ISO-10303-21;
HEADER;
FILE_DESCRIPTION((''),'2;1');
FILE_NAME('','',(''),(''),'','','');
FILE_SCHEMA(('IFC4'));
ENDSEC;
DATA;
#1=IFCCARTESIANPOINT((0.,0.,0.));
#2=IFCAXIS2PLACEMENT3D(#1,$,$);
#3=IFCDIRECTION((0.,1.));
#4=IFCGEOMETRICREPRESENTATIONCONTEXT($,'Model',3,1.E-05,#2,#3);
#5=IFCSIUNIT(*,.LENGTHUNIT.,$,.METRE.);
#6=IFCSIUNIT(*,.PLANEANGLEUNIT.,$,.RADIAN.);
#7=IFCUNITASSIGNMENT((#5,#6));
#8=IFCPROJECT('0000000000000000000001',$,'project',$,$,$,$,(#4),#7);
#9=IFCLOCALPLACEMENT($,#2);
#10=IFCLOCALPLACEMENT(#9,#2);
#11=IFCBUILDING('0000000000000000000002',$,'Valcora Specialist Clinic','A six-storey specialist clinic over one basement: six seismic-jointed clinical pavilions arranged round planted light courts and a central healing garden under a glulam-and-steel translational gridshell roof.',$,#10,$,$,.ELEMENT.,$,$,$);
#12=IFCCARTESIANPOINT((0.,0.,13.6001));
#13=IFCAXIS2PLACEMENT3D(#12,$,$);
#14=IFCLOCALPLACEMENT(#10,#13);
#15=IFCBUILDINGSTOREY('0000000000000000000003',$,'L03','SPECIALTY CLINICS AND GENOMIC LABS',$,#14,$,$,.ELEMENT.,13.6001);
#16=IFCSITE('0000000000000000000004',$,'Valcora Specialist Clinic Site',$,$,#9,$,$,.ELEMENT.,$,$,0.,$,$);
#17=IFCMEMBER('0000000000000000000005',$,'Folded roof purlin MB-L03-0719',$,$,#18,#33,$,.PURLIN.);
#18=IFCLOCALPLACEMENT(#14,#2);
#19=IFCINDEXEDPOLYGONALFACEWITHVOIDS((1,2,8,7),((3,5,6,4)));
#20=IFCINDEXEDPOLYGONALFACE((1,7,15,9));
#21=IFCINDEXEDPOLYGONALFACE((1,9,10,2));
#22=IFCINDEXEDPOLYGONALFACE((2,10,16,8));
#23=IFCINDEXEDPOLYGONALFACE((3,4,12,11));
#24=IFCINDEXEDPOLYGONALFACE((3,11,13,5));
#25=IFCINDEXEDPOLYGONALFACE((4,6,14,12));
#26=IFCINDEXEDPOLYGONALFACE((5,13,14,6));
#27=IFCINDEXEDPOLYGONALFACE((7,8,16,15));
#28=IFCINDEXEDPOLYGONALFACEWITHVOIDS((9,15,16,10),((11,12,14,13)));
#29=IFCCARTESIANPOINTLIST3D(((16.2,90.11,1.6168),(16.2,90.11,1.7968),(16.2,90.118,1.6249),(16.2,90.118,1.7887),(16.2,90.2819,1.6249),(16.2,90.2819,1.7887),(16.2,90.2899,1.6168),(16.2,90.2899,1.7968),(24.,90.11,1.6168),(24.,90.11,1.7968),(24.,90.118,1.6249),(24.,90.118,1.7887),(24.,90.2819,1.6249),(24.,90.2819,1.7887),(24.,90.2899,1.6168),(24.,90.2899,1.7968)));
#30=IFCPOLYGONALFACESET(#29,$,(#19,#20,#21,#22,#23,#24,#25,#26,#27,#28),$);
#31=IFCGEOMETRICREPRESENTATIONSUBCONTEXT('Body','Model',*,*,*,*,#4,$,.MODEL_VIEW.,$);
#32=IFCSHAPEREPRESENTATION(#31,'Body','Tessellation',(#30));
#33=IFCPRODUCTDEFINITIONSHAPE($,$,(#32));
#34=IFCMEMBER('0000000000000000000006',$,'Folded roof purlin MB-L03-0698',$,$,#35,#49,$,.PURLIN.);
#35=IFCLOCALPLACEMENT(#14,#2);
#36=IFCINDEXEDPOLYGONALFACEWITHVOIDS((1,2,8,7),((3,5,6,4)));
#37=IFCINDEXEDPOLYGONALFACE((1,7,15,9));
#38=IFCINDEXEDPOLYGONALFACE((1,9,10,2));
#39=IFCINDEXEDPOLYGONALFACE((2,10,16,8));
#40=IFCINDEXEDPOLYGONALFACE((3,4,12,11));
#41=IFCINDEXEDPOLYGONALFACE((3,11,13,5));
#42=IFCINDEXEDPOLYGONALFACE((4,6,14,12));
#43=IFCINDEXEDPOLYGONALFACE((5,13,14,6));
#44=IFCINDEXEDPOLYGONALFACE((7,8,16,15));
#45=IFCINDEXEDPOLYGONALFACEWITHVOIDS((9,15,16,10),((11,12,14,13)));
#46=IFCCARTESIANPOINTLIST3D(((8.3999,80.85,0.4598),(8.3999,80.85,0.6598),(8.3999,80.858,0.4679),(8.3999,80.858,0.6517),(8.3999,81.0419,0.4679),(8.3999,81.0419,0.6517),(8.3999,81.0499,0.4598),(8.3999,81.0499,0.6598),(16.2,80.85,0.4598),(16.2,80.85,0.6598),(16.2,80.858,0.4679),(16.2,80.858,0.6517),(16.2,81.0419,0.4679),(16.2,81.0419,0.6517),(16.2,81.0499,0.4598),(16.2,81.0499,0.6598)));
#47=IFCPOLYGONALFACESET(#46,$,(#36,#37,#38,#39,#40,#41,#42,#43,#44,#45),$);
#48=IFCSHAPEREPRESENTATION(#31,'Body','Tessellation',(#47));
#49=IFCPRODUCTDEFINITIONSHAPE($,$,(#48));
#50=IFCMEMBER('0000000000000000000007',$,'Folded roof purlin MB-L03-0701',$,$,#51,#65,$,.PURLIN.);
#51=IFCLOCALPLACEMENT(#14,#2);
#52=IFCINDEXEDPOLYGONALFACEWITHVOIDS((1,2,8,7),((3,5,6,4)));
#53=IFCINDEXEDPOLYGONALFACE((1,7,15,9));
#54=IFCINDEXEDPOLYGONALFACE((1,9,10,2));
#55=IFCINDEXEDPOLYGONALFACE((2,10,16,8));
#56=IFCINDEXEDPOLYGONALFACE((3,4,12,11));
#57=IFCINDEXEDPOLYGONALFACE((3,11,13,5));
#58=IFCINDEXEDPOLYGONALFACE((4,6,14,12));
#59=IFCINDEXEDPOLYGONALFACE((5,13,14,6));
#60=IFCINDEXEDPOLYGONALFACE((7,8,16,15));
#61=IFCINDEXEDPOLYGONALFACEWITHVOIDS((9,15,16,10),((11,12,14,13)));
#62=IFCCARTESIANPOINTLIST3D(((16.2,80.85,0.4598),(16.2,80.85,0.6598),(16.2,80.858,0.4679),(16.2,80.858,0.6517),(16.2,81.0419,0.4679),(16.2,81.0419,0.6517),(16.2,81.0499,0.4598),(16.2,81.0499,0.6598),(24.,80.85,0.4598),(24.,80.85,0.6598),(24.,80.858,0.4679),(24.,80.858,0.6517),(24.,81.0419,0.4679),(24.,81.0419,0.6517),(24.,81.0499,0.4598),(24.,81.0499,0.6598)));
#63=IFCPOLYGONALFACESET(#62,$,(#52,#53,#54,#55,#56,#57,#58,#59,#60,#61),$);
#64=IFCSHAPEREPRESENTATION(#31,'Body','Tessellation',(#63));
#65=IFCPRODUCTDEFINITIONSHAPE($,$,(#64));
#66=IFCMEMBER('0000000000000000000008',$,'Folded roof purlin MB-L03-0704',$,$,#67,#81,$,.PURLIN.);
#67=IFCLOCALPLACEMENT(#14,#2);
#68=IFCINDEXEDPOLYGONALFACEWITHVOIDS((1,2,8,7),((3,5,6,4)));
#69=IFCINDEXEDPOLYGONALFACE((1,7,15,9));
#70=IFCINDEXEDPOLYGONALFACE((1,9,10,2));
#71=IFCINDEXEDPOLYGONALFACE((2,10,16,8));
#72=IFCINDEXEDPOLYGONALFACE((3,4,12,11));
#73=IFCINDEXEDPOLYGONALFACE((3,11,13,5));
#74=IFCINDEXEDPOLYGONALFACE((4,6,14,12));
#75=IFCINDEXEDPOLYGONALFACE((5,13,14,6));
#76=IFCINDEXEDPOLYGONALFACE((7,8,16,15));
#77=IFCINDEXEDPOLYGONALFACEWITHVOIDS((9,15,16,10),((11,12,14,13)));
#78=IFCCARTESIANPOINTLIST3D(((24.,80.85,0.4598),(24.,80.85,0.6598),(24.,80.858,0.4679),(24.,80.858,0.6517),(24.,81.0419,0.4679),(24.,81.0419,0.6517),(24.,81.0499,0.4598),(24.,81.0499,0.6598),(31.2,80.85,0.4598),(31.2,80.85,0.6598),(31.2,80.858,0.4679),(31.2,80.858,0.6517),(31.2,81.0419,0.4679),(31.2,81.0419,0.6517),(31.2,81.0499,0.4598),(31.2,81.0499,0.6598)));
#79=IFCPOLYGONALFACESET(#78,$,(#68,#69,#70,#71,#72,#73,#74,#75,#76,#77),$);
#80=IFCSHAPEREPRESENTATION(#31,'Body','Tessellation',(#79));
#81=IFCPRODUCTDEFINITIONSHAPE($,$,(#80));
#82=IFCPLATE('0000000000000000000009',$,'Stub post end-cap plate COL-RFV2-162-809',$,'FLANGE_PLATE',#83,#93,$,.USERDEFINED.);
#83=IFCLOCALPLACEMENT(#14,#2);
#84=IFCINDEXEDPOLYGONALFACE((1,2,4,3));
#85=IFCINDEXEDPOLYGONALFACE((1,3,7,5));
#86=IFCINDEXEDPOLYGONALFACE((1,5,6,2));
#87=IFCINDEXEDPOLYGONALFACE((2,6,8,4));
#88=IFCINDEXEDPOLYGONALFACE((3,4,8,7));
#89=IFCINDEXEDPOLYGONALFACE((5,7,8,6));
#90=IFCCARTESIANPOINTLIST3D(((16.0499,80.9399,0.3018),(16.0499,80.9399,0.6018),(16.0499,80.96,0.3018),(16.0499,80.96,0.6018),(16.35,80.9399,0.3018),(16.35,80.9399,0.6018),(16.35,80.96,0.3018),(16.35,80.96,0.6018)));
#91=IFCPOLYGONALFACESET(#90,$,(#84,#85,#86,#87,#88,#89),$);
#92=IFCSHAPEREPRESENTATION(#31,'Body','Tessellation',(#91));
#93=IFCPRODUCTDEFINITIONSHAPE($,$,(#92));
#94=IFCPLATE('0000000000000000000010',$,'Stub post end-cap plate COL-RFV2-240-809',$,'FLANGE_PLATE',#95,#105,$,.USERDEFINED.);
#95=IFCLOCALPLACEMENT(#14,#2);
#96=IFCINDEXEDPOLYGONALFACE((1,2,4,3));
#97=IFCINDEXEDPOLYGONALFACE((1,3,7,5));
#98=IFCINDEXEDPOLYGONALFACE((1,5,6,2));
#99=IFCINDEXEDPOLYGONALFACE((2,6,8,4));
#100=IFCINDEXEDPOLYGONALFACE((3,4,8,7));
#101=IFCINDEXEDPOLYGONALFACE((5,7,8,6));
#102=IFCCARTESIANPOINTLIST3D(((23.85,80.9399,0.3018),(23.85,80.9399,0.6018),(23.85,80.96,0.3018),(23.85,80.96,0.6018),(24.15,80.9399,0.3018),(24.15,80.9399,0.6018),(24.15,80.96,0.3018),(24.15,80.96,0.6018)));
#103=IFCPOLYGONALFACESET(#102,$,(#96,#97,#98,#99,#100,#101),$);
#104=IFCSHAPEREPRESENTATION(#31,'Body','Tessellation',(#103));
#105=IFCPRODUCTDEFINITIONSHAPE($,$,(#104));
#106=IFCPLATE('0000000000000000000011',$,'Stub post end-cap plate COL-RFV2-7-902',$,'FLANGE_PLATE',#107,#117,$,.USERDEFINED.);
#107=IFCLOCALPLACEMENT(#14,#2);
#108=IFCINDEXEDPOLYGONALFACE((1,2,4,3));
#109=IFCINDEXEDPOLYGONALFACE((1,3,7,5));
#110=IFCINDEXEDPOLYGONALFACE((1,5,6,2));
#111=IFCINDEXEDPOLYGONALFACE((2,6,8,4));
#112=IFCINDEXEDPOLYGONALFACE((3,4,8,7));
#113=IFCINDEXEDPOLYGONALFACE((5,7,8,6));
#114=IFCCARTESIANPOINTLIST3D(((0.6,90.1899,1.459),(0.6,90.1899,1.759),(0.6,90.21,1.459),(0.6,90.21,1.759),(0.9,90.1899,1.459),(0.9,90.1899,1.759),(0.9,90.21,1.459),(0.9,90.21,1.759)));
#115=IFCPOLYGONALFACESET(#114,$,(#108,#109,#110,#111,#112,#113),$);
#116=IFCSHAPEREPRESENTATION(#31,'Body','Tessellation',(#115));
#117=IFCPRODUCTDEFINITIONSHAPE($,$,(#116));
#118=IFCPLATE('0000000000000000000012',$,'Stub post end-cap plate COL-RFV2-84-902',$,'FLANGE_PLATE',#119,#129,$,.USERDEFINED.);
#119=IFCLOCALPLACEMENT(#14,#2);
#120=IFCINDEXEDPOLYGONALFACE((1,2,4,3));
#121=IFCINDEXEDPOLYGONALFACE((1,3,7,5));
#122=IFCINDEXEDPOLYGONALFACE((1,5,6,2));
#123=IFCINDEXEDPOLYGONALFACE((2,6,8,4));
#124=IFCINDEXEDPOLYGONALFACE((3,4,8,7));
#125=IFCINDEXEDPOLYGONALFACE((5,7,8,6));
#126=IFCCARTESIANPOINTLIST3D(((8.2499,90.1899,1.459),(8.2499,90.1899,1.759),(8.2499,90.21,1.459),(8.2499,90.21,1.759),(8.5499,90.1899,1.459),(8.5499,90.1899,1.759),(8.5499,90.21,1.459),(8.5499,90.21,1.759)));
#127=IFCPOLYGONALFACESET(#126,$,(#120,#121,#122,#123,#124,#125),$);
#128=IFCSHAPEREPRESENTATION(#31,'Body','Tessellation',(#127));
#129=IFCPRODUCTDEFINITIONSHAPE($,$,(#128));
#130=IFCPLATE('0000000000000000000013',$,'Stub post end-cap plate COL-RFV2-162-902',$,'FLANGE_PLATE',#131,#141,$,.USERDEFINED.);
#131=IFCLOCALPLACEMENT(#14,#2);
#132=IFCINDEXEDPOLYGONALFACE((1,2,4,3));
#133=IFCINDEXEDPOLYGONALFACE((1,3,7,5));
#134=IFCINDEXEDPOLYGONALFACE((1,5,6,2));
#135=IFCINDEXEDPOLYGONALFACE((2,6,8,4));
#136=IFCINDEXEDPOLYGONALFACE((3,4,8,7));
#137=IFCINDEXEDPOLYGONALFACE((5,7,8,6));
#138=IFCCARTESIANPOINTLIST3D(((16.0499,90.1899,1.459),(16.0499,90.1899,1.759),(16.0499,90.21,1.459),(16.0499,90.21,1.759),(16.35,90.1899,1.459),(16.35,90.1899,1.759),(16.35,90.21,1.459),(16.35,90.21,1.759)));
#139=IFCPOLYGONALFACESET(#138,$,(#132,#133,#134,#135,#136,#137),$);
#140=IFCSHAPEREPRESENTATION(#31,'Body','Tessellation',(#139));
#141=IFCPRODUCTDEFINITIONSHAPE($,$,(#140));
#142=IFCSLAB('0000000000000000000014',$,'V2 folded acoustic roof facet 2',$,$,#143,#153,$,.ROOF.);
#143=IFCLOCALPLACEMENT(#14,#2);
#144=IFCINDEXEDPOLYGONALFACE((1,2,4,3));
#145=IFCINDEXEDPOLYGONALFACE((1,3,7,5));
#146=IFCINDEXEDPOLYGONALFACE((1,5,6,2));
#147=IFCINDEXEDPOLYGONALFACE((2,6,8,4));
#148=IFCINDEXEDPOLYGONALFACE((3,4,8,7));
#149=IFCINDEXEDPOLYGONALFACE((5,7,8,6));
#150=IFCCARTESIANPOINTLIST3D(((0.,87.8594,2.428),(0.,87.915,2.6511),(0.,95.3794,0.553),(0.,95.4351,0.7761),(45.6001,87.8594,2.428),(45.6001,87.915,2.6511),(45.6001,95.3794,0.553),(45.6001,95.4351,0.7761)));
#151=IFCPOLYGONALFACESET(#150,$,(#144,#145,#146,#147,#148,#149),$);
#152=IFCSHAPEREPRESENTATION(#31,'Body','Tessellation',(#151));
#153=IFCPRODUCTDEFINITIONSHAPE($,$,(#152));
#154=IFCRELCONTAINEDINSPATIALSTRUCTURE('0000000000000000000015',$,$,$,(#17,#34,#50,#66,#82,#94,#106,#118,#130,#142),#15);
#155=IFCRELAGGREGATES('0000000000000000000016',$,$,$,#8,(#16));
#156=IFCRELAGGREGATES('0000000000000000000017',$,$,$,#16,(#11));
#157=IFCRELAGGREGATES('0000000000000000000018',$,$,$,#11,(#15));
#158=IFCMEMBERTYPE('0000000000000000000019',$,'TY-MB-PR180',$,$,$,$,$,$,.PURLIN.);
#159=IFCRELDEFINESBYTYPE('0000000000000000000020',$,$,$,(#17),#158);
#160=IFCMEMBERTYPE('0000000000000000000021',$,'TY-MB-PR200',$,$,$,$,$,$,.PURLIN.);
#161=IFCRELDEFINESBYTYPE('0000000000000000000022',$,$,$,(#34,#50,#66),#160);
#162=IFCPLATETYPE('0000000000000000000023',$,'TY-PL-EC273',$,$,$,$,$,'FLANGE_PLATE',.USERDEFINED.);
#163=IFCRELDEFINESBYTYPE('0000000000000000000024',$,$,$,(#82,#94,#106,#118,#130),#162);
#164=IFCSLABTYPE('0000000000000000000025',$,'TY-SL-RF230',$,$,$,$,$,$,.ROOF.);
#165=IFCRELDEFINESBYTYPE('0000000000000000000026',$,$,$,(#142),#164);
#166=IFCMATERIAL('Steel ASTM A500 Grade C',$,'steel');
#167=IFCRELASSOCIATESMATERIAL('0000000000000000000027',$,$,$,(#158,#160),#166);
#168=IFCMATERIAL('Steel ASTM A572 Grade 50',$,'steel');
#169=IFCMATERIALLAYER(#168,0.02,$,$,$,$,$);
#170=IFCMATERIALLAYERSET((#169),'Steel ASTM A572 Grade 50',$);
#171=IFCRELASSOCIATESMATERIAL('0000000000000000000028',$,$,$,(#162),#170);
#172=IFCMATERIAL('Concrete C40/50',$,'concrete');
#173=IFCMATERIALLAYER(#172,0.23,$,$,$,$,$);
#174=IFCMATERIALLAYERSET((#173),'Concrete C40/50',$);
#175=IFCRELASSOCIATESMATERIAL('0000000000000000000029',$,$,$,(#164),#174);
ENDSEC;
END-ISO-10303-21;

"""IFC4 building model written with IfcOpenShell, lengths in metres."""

from ifc_helpers import new_model, si_unit, direction, frame, origin, origin_2d, place, context, subcontext, project, spatial, polyline, rectangle, hollow_rectangle, outline, extrude, material, layer, layer_set, material_profile, profile_set, type_object, element, save


model = new_model("IFC4")

# Units and contexts
model_context = context("Model", 3, precision=1e-05, world=origin(), true_north=direction((0.0, 1.0)))
body_context = subcontext(model_context, "Body", "Model", "MODEL_VIEW")
ifc_project = project(units=[si_unit("LENGTHUNIT", "METRE"), si_unit("PLANEANGLEUNIT", "RADIAN")], contexts=[model_context])

# Site, building, storey
site_placement = place(None, origin())
site = spatial("IfcSite", under=ifc_project, at=site_placement, Name="Valcora Specialist Clinic Site", CompositionType="ELEMENT", RefElevation=0.0)
building_placement = place(site_placement, origin())
building = spatial("IfcBuilding", under=site, at=building_placement, Name="Valcora Specialist Clinic", Description="A six-storey specialist clinic over one basement: six seismic-jointed clinical pavilions arranged round planted light courts and a central healing garden under a glulam-and-steel translational gridshell roof.", CompositionType="ELEMENT")
storey_placement = place(building_placement, frame((0.0, 0.0, 13.6001)))
storey = spatial("IfcBuildingStorey", under=building, at=storey_placement, Name="L03", Description="SPECIALTY CLINICS AND GENOMIC LABS", CompositionType="ELEMENT", Elevation=13.6001)

# Shared definitions
ifc_material_1 = material(Name="Steel ASTM A500 Grade C", Category="steel")

# Members
ifc_material_profile_1 = material_profile(ifc_material_1, hollow_rectangle(XDim=0.1799, YDim=0.1799, WallThickness=0.0081, at=origin_2d()), Name="ST-RHS-180X180X8")
ifc_profile_set_1 = profile_set([ifc_material_profile_1], Name="Steel ASTM A500 Grade C")
member_type_1 = type_object("IfcMemberType", Name="TY-MB-PR180", PredefinedType="PURLIN", material=ifc_profile_set_1)
for number, where, z_axis, x_axis, name in (
    (1, (16.2, 90.2, 1.7068), (1.0, 0.0, 0.0), (0.0, 1.0, 0.0), "Folded roof purlin MB-L03-0719"),
):
    element("IfcMember", number, at=place(storey_placement, frame(where, z_axis=z_axis, x_axis=x_axis)), inside=storey, type_object=member_type_1, Name=name, PredefinedType="PURLIN", context=body_context, shape_type="SweptSolid", body=[
        extrude(hollow_rectangle(XDim=0.1799, YDim=0.1799, WallThickness=0.0081, at=origin_2d()), origin(), (0.0, 0.0, 1.0), 7.8),
    ])
ifc_material_profile_2 = material_profile(ifc_material_1, hollow_rectangle(XDim=0.2, YDim=0.2, WallThickness=0.0081, at=origin_2d()), Name="ST-RHS-200X200X8")
ifc_profile_set_2 = profile_set([ifc_material_profile_2], Name="Steel ASTM A500 Grade C")
member_type_2 = type_object("IfcMemberType", Name="TY-MB-PR200", PredefinedType="PURLIN", material=ifc_profile_set_2)
for number, where, z_axis, x_axis, name in (
    (2, (8.3999, 80.95, 0.5598), (1.0, 0.0, 0.0), (0.0, 1.0, 0.0), "Folded roof purlin MB-L03-0698"),
    (3, (16.2, 80.95, 0.5598), (1.0, 0.0, 0.0), (0.0, 1.0, 0.0), "Folded roof purlin MB-L03-0701"),
):
    element("IfcMember", number, at=place(storey_placement, frame(where, z_axis=z_axis, x_axis=x_axis)), inside=storey, type_object=member_type_2, Name=name, PredefinedType="PURLIN", context=body_context, shape_type="SweptSolid", body=[
        extrude(hollow_rectangle(XDim=0.2, YDim=0.2, WallThickness=0.0081, at=origin_2d()), origin(), (0.0, 0.0, 1.0), 7.8),
    ])
member_1_placement = place(storey_placement, frame((24.0, 80.95, 0.5598), z_axis=(1.0, 0.0, 0.0), x_axis=(0.0, 1.0, 0.0)))
element("IfcMember", 4, at=member_1_placement, inside=storey, type_object=member_type_2, Name="Folded roof purlin MB-L03-0704", PredefinedType="PURLIN", context=body_context, shape_type="SweptSolid", body=[
    extrude(hollow_rectangle(XDim=0.2, YDim=0.2, WallThickness=0.0081, at=origin_2d()), origin(), (0.0, 0.0, 1.0), 7.2),
])

# Plates
ifc_material_2 = material(Name="Steel ASTM A572 Grade 50", Category="steel")
ifc_layer_1 = layer(ifc_material_2, 0.02)
ifc_layer_set_1 = layer_set([ifc_layer_1], Name="Steel ASTM A572 Grade 50")
plate_type = type_object("IfcPlateType", Name="TY-PL-EC273", ElementType="FLANGE_PLATE", PredefinedType="USERDEFINED", material=ifc_layer_set_1)
for number, where, z_axis, x_axis, name in (
    (5, (16.2, 80.95, 0.3018), (0.0, 0.0, 1.0), (1.0, 0.0, 0.0), "Stub post end-cap plate COL-RFV2-162-809"),
    (6, (24.0, 80.95, 0.3018), (0.0, 0.0, 1.0), (1.0, 0.0, 0.0), "Stub post end-cap plate COL-RFV2-240-809"),
    (7, (0.75, 90.2, 1.459), (0.0, 0.0, 1.0), (1.0, 0.0, 0.0), "Stub post end-cap plate COL-RFV2-7-902"),
    (8, (8.3999, 90.2, 1.459), (0.0, 0.0, 1.0), (1.0, 0.0, 0.0), "Stub post end-cap plate COL-RFV2-84-902"),
    (9, (16.2, 90.2, 1.459), (0.0, 0.0, 1.0), (1.0, 0.0, 0.0), "Stub post end-cap plate COL-RFV2-162-902"),
):
    element("IfcPlate", number, at=place(storey_placement, frame(where, z_axis=z_axis, x_axis=x_axis)), inside=storey, type_object=plate_type, Name=name, ObjectType="FLANGE_PLATE", PredefinedType="USERDEFINED", context=body_context, shape_type="SweptSolid", body=[
        extrude(rectangle(XDim=0.3, YDim=0.02, at=origin_2d()), origin(), (0.0, 0.0, 1.0), 0.3),
    ])

# Slab
ifc_material_3 = material(Name="Concrete C40/50", Category="concrete")
ifc_layer_2 = layer(ifc_material_3, 0.23)
ifc_layer_set_2 = layer_set([ifc_layer_2], Name="Concrete C40/50")
slab_type = type_object("IfcSlabType", Name="TY-SL-RF230", PredefinedType="ROOF", material=ifc_layer_set_2)
slab_placement = place(storey_placement, frame((0.0, 87.915, 2.6511), z_axis=(0.0, 0.241928, 0.970294), x_axis=(1.0, 0.0, 0.0)))
element("IfcSlab", 10, at=slab_placement, inside=storey, type_object=slab_type, Name="V2 folded acoustic roof facet 2", PredefinedType="ROOF", context=body_context, shape_type="SweptSolid", body=[
    extrude(outline(polyline([(0.0, 0.0), (45.6001, 0.0), (45.6001, 7.7502), (0.0, 7.7502), (0.0, 0.0)])), origin(), (0.0, 0.0, -1.0), 0.23),
])

save(model, "model.ifc")
